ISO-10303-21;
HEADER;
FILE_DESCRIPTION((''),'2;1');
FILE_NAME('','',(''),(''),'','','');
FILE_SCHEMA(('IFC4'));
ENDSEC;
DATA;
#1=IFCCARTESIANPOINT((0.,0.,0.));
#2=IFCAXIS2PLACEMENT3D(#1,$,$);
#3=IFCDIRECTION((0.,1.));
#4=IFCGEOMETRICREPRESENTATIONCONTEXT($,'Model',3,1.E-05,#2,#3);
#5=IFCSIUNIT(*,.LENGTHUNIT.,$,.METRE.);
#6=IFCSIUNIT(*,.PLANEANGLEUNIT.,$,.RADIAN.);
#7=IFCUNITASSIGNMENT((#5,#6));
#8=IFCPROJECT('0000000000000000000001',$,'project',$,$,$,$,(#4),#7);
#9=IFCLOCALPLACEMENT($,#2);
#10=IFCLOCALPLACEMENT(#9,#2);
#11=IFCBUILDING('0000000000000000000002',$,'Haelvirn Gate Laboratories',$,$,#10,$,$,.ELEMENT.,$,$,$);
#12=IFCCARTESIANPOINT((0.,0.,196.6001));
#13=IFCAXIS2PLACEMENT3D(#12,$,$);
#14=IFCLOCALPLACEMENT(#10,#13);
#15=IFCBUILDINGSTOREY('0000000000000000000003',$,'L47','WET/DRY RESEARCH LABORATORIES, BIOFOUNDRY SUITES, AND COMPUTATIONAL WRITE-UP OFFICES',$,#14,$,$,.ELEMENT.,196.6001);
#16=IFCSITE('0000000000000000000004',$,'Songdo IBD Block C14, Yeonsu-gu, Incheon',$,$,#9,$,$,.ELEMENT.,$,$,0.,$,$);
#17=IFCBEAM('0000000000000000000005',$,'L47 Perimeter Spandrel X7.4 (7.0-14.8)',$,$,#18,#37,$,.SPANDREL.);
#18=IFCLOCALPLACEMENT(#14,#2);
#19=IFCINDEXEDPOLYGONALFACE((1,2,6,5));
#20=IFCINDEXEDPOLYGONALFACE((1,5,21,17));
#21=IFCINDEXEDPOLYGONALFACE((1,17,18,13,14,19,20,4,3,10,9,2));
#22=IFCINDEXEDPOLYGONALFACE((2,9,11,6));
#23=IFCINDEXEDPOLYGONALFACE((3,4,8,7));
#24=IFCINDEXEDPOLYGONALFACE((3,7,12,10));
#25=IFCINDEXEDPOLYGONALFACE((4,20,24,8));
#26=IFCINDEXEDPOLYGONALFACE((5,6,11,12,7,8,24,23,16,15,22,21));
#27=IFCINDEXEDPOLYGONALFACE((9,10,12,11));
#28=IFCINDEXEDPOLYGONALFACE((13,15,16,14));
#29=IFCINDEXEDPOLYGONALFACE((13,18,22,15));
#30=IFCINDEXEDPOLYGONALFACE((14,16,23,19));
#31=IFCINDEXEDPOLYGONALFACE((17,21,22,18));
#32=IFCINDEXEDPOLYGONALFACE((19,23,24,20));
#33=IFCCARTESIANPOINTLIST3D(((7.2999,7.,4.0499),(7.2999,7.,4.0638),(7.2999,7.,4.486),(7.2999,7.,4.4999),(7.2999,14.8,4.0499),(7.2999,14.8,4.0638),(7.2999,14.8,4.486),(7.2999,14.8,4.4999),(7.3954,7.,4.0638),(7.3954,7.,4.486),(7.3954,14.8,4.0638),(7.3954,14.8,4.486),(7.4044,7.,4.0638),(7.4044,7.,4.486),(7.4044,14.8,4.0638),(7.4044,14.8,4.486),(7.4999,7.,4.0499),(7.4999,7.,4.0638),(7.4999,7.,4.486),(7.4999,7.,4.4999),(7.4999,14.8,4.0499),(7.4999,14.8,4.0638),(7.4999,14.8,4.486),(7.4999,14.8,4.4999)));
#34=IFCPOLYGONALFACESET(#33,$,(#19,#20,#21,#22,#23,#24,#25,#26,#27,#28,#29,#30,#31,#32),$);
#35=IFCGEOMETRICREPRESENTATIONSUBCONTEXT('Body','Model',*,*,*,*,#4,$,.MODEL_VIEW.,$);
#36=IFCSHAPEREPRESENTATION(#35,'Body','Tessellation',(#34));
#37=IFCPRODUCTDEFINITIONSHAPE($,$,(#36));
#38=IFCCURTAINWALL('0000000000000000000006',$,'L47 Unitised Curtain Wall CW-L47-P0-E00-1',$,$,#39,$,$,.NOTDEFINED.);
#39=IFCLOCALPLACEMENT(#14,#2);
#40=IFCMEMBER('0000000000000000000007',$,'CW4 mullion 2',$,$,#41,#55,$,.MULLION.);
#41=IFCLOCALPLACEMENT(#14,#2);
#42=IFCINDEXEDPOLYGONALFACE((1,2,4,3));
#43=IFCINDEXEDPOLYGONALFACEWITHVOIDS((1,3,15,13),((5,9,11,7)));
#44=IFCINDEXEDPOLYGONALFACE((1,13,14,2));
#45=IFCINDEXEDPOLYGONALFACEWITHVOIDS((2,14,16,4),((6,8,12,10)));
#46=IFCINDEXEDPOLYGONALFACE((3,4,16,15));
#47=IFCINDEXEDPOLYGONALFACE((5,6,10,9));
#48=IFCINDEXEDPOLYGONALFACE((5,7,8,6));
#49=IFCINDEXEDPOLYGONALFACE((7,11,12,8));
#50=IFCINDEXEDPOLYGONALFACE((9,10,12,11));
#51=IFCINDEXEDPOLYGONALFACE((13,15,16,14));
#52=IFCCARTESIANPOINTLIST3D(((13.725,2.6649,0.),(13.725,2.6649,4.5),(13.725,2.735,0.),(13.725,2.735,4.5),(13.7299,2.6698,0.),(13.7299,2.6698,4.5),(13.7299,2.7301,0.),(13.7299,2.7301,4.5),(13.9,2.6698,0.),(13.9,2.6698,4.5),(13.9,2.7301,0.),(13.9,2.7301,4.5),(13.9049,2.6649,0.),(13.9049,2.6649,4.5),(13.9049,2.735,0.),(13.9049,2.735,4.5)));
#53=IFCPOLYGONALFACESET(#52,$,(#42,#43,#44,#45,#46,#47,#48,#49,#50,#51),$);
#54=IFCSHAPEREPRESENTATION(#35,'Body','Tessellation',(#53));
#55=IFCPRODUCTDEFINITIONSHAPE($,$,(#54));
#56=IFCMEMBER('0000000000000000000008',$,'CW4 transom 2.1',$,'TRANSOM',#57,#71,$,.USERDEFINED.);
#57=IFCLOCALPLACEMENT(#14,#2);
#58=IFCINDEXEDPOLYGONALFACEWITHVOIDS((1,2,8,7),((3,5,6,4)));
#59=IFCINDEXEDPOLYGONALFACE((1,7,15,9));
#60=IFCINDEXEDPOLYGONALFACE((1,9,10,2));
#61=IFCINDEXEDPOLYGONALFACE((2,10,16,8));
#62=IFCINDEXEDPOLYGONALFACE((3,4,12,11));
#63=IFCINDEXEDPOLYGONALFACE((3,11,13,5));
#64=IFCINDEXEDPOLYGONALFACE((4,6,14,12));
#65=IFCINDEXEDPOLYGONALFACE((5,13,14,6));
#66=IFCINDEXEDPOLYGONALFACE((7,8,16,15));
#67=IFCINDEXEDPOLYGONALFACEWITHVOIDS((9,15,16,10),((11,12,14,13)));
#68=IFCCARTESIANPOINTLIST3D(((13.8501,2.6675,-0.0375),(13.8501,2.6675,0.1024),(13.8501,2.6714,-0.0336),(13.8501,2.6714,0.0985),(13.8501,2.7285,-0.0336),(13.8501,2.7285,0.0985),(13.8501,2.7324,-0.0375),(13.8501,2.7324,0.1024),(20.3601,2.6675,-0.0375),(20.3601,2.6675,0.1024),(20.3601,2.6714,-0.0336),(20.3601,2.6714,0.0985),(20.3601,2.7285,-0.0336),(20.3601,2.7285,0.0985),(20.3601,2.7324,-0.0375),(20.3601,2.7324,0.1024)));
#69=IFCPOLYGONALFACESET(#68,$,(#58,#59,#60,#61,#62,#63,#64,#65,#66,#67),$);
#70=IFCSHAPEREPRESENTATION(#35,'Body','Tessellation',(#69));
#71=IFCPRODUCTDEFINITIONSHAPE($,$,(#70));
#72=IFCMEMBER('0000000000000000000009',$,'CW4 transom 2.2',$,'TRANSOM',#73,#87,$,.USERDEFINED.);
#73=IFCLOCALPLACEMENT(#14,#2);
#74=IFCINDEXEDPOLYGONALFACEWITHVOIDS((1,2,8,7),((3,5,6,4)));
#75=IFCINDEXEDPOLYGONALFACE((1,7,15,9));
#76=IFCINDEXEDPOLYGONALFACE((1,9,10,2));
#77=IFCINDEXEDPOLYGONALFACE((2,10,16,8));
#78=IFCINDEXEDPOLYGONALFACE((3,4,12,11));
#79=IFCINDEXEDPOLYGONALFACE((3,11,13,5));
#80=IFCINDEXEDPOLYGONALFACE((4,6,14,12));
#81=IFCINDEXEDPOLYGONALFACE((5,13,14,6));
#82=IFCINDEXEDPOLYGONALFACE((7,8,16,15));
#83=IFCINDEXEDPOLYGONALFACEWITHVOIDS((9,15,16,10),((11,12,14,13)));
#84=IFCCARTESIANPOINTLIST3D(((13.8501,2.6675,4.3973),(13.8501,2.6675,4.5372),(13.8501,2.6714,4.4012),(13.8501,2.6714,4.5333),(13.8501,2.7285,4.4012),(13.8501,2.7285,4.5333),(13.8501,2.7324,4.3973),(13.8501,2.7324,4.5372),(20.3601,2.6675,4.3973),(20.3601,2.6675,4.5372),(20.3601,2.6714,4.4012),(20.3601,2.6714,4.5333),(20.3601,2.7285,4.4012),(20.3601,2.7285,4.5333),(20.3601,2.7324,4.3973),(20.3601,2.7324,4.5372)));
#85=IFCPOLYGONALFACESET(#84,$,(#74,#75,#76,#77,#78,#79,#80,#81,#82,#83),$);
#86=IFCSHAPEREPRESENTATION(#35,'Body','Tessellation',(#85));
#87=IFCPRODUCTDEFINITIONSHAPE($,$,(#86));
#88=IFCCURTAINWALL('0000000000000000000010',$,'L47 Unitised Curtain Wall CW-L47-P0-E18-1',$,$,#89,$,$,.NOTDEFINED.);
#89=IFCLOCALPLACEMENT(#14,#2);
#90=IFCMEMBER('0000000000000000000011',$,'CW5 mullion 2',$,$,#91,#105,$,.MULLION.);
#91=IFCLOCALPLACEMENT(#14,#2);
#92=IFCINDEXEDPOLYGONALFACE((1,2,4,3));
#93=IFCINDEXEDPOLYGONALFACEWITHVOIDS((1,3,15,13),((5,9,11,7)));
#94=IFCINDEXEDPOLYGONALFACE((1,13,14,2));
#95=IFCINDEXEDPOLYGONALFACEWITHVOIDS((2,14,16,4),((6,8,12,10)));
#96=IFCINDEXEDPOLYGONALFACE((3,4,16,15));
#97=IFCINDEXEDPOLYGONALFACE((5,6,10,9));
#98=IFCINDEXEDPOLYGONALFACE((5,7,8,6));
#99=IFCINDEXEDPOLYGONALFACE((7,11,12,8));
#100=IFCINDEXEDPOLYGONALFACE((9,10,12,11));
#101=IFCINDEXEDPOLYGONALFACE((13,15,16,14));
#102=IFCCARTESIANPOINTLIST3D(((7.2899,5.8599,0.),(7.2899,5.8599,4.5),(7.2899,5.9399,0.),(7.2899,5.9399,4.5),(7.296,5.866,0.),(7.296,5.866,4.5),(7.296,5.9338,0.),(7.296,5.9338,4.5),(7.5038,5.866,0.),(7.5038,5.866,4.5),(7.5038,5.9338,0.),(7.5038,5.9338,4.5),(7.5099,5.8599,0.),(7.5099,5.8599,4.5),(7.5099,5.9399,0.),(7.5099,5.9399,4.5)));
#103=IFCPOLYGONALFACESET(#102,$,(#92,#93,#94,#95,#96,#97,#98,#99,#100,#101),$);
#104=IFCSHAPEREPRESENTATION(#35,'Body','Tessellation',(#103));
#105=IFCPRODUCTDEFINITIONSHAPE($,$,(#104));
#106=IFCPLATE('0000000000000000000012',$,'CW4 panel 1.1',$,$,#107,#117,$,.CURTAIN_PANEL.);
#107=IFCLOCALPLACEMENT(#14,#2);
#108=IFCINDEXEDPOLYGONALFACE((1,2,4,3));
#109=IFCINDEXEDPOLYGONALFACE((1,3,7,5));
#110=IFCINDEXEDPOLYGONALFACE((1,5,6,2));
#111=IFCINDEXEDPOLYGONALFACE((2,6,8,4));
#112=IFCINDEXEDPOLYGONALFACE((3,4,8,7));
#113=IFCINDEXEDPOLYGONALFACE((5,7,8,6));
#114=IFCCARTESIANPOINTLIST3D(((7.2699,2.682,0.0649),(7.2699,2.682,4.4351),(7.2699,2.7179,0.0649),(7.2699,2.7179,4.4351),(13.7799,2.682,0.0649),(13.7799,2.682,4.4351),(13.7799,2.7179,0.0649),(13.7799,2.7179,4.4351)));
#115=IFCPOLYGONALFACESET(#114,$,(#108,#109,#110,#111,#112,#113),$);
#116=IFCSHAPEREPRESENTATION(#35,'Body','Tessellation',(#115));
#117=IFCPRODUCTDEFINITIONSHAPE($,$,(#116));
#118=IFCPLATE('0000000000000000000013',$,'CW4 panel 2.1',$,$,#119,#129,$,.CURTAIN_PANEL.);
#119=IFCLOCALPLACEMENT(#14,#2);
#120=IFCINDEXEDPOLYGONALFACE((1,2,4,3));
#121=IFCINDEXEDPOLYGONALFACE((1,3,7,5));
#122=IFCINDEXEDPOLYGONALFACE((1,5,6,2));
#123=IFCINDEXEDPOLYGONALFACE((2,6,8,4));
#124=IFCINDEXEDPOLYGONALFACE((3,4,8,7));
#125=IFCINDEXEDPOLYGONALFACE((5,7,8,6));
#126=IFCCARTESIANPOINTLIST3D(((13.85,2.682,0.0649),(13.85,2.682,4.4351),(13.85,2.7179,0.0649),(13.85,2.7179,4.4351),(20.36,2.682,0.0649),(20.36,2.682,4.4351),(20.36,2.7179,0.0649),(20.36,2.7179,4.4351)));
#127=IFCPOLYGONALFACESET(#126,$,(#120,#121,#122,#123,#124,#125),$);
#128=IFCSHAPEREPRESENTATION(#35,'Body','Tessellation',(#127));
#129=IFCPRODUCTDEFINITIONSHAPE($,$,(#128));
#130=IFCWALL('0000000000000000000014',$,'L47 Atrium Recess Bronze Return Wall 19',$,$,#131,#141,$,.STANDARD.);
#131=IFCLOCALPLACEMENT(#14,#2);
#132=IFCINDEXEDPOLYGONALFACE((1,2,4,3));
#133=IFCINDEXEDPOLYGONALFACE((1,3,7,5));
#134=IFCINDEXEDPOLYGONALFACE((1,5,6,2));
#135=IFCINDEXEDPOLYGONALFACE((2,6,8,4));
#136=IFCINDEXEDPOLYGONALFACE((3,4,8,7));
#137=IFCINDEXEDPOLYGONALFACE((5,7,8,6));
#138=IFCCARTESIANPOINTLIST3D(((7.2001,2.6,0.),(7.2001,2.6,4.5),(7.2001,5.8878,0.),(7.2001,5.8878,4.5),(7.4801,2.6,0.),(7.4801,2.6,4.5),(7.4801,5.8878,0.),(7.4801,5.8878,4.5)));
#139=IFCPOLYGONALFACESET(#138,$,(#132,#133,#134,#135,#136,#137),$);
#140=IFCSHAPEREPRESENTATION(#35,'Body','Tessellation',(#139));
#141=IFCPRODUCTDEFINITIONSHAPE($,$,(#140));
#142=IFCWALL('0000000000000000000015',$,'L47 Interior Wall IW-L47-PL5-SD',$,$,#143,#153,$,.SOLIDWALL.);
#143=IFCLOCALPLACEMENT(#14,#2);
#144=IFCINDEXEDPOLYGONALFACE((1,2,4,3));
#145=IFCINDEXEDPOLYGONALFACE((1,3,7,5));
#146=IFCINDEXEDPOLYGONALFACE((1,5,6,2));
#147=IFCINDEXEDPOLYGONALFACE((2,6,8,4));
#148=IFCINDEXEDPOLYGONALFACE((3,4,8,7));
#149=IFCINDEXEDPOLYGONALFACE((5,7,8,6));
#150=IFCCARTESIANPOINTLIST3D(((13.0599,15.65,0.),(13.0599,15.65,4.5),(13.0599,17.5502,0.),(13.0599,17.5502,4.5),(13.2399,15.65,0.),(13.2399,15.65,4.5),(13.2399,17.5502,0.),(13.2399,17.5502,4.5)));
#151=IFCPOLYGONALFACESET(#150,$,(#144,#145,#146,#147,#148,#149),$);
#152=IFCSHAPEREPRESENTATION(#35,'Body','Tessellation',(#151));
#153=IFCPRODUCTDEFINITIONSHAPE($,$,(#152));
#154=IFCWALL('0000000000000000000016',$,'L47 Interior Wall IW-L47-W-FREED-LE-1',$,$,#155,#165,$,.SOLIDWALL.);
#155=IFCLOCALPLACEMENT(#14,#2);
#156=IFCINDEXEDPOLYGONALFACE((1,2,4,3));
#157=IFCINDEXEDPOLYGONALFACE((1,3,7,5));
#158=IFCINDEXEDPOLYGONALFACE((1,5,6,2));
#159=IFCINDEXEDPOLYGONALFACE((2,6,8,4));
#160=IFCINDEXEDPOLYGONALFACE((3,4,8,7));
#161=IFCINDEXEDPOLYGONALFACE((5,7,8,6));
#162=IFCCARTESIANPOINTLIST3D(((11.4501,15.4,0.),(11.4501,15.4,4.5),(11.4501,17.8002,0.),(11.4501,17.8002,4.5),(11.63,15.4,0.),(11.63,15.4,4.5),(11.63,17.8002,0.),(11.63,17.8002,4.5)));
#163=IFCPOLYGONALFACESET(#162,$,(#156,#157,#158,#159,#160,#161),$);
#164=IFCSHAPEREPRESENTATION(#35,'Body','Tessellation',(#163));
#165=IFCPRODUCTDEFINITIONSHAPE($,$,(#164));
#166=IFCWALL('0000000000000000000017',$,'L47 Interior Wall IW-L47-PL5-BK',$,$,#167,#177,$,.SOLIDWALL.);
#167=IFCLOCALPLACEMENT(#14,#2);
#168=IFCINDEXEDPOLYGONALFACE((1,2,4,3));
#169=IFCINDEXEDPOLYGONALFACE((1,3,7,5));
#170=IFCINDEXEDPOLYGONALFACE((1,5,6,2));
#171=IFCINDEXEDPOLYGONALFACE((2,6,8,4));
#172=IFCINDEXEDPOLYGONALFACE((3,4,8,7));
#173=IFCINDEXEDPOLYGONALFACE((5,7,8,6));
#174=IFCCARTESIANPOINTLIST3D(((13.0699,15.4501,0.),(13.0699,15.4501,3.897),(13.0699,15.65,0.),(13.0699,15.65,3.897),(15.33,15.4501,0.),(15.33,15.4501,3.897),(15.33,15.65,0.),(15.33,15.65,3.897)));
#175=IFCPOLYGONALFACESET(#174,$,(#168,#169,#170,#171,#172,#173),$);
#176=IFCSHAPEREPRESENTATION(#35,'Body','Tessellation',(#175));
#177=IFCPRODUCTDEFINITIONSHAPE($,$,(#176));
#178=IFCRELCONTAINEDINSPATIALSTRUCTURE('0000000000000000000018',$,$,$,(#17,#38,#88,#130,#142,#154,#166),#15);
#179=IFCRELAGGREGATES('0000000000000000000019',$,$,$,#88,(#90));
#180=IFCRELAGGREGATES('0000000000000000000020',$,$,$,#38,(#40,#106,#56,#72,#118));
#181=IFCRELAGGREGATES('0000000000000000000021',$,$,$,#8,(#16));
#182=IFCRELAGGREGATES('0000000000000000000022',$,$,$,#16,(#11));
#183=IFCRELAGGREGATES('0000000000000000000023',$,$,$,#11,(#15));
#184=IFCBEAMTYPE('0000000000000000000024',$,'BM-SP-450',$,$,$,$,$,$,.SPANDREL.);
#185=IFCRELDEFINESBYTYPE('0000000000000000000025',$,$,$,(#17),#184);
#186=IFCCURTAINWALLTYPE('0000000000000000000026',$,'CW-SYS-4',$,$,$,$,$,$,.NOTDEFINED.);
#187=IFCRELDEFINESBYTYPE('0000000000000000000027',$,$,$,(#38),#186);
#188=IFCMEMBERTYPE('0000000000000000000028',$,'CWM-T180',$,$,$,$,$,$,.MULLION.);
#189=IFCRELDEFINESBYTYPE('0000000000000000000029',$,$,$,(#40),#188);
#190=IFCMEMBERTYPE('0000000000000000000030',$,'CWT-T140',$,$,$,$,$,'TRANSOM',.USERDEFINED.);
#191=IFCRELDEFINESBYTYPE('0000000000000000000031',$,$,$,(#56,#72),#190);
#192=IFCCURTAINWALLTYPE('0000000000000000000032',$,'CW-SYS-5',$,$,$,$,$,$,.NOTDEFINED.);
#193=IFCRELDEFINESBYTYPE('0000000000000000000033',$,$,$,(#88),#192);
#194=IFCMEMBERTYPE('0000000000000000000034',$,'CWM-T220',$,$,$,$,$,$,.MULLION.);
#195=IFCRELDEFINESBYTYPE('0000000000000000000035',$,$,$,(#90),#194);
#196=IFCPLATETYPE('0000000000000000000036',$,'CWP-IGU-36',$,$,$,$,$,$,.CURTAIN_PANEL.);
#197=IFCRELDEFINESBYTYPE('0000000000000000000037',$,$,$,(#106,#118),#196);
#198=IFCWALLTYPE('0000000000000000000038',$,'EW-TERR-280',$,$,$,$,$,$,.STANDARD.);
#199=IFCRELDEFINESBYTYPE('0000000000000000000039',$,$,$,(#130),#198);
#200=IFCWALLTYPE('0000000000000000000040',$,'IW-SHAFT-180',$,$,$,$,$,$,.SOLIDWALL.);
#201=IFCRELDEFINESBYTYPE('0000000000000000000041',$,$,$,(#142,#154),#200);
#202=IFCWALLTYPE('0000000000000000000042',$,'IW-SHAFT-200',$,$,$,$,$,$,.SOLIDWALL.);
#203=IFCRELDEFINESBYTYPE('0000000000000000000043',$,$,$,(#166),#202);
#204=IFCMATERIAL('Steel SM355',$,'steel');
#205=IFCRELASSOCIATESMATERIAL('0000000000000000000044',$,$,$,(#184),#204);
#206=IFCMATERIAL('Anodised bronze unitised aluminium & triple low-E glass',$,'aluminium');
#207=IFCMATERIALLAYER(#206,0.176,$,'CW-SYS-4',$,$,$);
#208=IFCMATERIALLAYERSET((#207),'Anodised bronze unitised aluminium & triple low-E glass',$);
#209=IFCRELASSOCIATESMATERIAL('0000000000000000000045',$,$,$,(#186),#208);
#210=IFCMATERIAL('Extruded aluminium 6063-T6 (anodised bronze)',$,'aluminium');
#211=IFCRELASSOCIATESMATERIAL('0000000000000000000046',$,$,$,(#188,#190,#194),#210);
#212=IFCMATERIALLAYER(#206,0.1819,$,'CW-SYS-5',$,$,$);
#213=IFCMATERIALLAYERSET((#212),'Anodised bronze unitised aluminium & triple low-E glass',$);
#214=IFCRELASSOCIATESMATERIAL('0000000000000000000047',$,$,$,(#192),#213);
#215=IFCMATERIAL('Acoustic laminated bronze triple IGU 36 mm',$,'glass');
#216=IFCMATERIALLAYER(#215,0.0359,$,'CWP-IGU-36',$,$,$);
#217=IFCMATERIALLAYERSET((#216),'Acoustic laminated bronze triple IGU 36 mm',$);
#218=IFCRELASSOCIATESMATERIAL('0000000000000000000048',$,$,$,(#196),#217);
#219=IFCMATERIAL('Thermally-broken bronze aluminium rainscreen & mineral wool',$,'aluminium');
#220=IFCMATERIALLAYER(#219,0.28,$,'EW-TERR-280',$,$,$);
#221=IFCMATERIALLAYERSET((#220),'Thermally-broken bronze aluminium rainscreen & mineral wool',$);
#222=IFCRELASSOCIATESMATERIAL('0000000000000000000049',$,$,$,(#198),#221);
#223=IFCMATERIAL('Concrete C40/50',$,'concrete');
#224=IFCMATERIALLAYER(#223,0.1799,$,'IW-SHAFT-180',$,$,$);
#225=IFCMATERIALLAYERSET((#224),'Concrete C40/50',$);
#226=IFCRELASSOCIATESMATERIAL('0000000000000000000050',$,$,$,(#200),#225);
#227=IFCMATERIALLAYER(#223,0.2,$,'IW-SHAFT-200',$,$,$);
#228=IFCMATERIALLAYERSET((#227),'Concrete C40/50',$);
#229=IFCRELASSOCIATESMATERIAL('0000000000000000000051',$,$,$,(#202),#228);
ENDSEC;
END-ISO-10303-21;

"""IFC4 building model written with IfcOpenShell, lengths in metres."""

from ifc_helpers import new_model, si_unit, direction, frame, frame_2d, origin, origin_2d, place, context, subcontext, project, spatial, rectangle, hollow_rectangle, i_section, extrude, source, transform, mapped, material, layer, layer_set, material_profile, profile_set, type_object, type_shapes, element, aggregate, save


model = new_model("IFC4")

# Units and contexts
model_context = context("Model", 3, precision=1e-05, world=origin(), true_north=direction((0.0, 1.0)))
body_context = subcontext(model_context, "Body", "Model", "MODEL_VIEW")
ifc_project = project(units=[si_unit("LENGTHUNIT", "METRE"), si_unit("PLANEANGLEUNIT", "RADIAN")], contexts=[model_context])

# Site, building, storey
site_placement = place(None, origin())
site = spatial("IfcSite", under=ifc_project, at=site_placement, Name="Songdo IBD Block C14, Yeonsu-gu, Incheon", CompositionType="ELEMENT", RefElevation=0.0)
building_placement = place(site_placement, origin())
building = spatial("IfcBuilding", under=site, at=building_placement, Name="Haelvirn Gate Laboratories", CompositionType="ELEMENT")
storey_placement = place(building_placement, frame((0.0, 0.0, 196.6001)))
storey = spatial("IfcBuildingStorey", under=building, at=storey_placement, Name="L47", Description="WET/DRY RESEARCH LABORATORIES, BIOFOUNDRY SUITES, AND COMPUTATIONAL WRITE-UP OFFICES", CompositionType="ELEMENT", Elevation=196.6001)

# Beam
ifc_material_1 = material(Name="Steel SM355", Category="steel")
ifc_material_profile_1 = material_profile(ifc_material_1, i_section(OverallWidth=0.2, OverallDepth=0.45, WebThickness=0.009, FlangeThickness=0.0139, at=origin_2d()), Name="H-450x200x9x14")
ifc_profile_set_1 = profile_set([ifc_material_profile_1], Name="Steel SM355")
beam_type_1 = type_object("IfcBeamType", Name="BM-SP-450", PredefinedType="SPANDREL", material=ifc_profile_set_1)
shared_shape_1 = source(origin(), body_context, "Body", "SweptSolid", [
    extrude(i_section(OverallWidth=0.2, OverallDepth=0.45, WebThickness=0.009, FlangeThickness=0.0139, at=origin_2d()), origin(), (0.0, 0.0, 1.0), 7.8),
])
type_shapes(beam_type_1, [shared_shape_1])
beam_1_placement = place(storey_placement, frame((7.3999, 7.0, 4.2749), z_axis=(0.0, 1.0, 0.0), x_axis=(-1.0, 0.0, 0.0)))
element("IfcBeam", 1, at=beam_1_placement, inside=storey, type_object=beam_type_1, Name="L47 Perimeter Spandrel X7.4 (7.0-14.8)", PredefinedType="SPANDREL", context=body_context, shape_type="MappedRepresentation", body=[
    mapped(shared_shape_1, transform((0.0, 0.0, 0.0), scale=1.0)),
])

# Curtain wall, members
ifc_material_2 = material(Name="Anodised bronze unitised aluminium & triple low-E glass", Category="aluminium")
ifc_layer_1 = layer(ifc_material_2, 0.176, Name="CW-SYS-4")
ifc_layer_set_1 = layer_set([ifc_layer_1], Name="Anodised bronze unitised aluminium & triple low-E glass")
curtain_wall_type_1 = type_object("IfcCurtainWallType", Name="CW-SYS-4", PredefinedType="NOTDEFINED", material=ifc_layer_set_1)
curtain_wall_1_placement = place(storey_placement, origin())
curtain_wall_1 = element("IfcCurtainWall", 2, at=curtain_wall_1_placement, inside=storey, type_object=curtain_wall_type_1, Name="L47 Unitised Curtain Wall CW-L47-P0-E00-1", PredefinedType="NOTDEFINED")
ifc_material_3 = material(Name="Extruded aluminium 6063-T6 (anodised bronze)", Category="aluminium")
ifc_material_profile_2 = material_profile(ifc_material_3, hollow_rectangle(XDim=0.0701, YDim=0.1799, WallThickness=0.0049, at=origin_2d()), Name="CWM-180x70x5")
ifc_profile_set_2 = profile_set([ifc_material_profile_2], Name="Extruded aluminium 6063-T6 (anodised bronze)")
member_type_1 = type_object("IfcMemberType", Name="CWM-T180", PredefinedType="MULLION", material=ifc_profile_set_2)
shared_shape_2 = source(origin(), body_context, "Body", "SweptSolid", [
    extrude(hollow_rectangle(XDim=0.0701, YDim=0.1799, WallThickness=0.0049, at=origin_2d()), origin(), (0.0, 0.0, 1.0), 4.5),
])
type_shapes(member_type_1, [shared_shape_2])
member_1_placement = place(storey_placement, frame((13.8149, 2.7, 0.0), z_axis=(0.0, 0.0, 1.0), x_axis=(0.0, 1.0, 0.0)))
member_1 = element("IfcMember", 3, at=member_1_placement, type_object=member_type_1, Name="CW4 mullion 2", PredefinedType="MULLION", context=body_context, shape_type="MappedRepresentation", body=[
    mapped(shared_shape_2, transform((0.0, 0.0, 0.0), scale=1.0)),
])
ifc_material_profile_3 = material_profile(ifc_material_3, hollow_rectangle(XDim=0.0649, YDim=0.1399, WallThickness=0.0039, at=origin_2d()), Name="CWT-140x65x4")
ifc_profile_set_3 = profile_set([ifc_material_profile_3], Name="Extruded aluminium 6063-T6 (anodised bronze)")
member_type_2 = type_object("IfcMemberType", Name="CWT-T140", ElementType="TRANSOM", PredefinedType="USERDEFINED", material=ifc_profile_set_3)
shared_shape_3 = source(origin(), body_context, "Body", "SweptSolid", [
    extrude(hollow_rectangle(XDim=0.0649, YDim=0.1399, WallThickness=0.0039, at=origin_2d()), origin(), (0.0, 0.0, 1.0), 6.51),
])
type_shapes(member_type_2, [shared_shape_3])
member_2_placement = place(storey_placement, frame((13.8501, 2.7, 0.0325), z_axis=(1.0, 0.0, 0.0), x_axis=(0.0, 1.0, 0.0)))
member_2 = element("IfcMember", 4, at=member_2_placement, type_object=member_type_2, Name="CW4 transom 2.1", ObjectType="TRANSOM", PredefinedType="USERDEFINED", context=body_context, shape_type="MappedRepresentation", body=[
    mapped(shared_shape_3, transform((0.0, 0.0, 0.0), scale=1.0)),
])
member_3_placement = place(storey_placement, frame((13.8501, 2.7, 4.4673), z_axis=(1.0, 0.0, 0.0), x_axis=(0.0, 1.0, 0.0)))
member_3 = element("IfcMember", 5, at=member_3_placement, type_object=member_type_2, Name="CW4 transom 2.2", ObjectType="TRANSOM", PredefinedType="USERDEFINED", context=body_context, shape_type="MappedRepresentation", body=[
    mapped(shared_shape_3, transform((0.0, 0.0, 0.0), scale=1.0)),
])

# Curtain wall, member
ifc_layer_2 = layer(ifc_material_2, 0.1819, Name="CW-SYS-5")
ifc_layer_set_2 = layer_set([ifc_layer_2], Name="Anodised bronze unitised aluminium & triple low-E glass")
curtain_wall_type_2 = type_object("IfcCurtainWallType", Name="CW-SYS-5", PredefinedType="NOTDEFINED", material=ifc_layer_set_2)
curtain_wall_2_placement = place(storey_placement, origin())
curtain_wall_2 = element("IfcCurtainWall", 6, at=curtain_wall_2_placement, inside=storey, type_object=curtain_wall_type_2, Name="L47 Unitised Curtain Wall CW-L47-P0-E18-1", PredefinedType="NOTDEFINED")
ifc_material_profile_4 = material_profile(ifc_material_3, hollow_rectangle(XDim=0.0801, YDim=0.22, WallThickness=0.0061, at=origin_2d()), Name="CWM-220x80x6")
ifc_profile_set_4 = profile_set([ifc_material_profile_4], Name="Extruded aluminium 6063-T6 (anodised bronze)")
member_type_3 = type_object("IfcMemberType", Name="CWM-T220", PredefinedType="MULLION", material=ifc_profile_set_4)
shared_shape_4 = source(origin(), body_context, "Body", "SweptSolid", [
    extrude(hollow_rectangle(XDim=0.0801, YDim=0.22, WallThickness=0.0061, at=origin_2d()), origin(), (0.0, 0.0, 1.0), 4.5),
])
type_shapes(member_type_3, [shared_shape_4])
member_4_placement = place(storey_placement, frame((7.3999, 5.8999, 0.0), z_axis=(0.0, 0.0, 1.0), x_axis=(0.0, 1.0, 0.0)))
member_4 = element("IfcMember", 7, at=member_4_placement, type_object=member_type_3, Name="CW5 mullion 2", PredefinedType="MULLION", context=body_context, shape_type="MappedRepresentation", body=[
    mapped(shared_shape_4, transform((0.0, 0.0, 0.0), scale=1.0)),
])
aggregate(curtain_wall_2, [member_4])

# Plates
ifc_material_4 = material(Name="Acoustic laminated bronze triple IGU 36 mm", Category="glass")
ifc_layer_3 = layer(ifc_material_4, 0.0359, Name="CWP-IGU-36")
ifc_layer_set_3 = layer_set([ifc_layer_3], Name="Acoustic laminated bronze triple IGU 36 mm")
plate_type = type_object("IfcPlateType", Name="CWP-IGU-36", PredefinedType="CURTAIN_PANEL", material=ifc_layer_set_3)
shared_shape_5 = source(origin(), body_context, "Body", "SweptSolid", [
    extrude(rectangle(XDim=6.51, YDim=0.0359, at=origin_2d()), origin(), (0.0, 0.0, 1.0), 4.3701),
])
type_shapes(plate_type, [shared_shape_5])
plate_1_placement = place(storey_placement, frame((10.5249, 2.7, 0.0649), z_axis=(0.0, 0.0, 1.0), x_axis=(1.0, 0.0, 0.0)))
plate_1 = element("IfcPlate", 8, at=plate_1_placement, type_object=plate_type, Name="CW4 panel 1.1", PredefinedType="CURTAIN_PANEL", context=body_context, shape_type="MappedRepresentation", body=[
    mapped(shared_shape_5, transform((0.0, 0.0, 0.0), scale=1.0)),
])
plate_2_placement = place(storey_placement, frame((17.105, 2.7, 0.0649), z_axis=(0.0, 0.0, 1.0), x_axis=(1.0, 0.0, 0.0)))
plate_2 = element("IfcPlate", 9, at=plate_2_placement, type_object=plate_type, Name="CW4 panel 2.1", PredefinedType="CURTAIN_PANEL", context=body_context, shape_type="MappedRepresentation", body=[
    mapped(shared_shape_5, transform((0.0, 0.0, 0.0), scale=1.0)),
])
aggregate(curtain_wall_1, [member_1, plate_1, member_2, member_3, plate_2])

# Walls
ifc_material_5 = material(Name="Thermally-broken bronze aluminium rainscreen & mineral wool", Category="aluminium")
ifc_layer_4 = layer(ifc_material_5, 0.28, Name="EW-TERR-280")
ifc_layer_set_4 = layer_set([ifc_layer_4], Name="Thermally-broken bronze aluminium rainscreen & mineral wool")
wall_type_1 = type_object("IfcWallType", Name="EW-TERR-280", PredefinedType="STANDARD", material=ifc_layer_set_4)
wall_1_placement = place(storey_placement, frame((7.3401, 5.8879, 0.0), z_axis=(0.0, 0.0, 1.0), x_axis=(0.0, -1.0, 0.0)))
element("IfcWall", 10, at=wall_1_placement, inside=storey, type_object=wall_type_1, Name="L47 Atrium Recess Bronze Return Wall 19", PredefinedType="STANDARD", context=body_context, shape_type="SweptSolid", body=[
    extrude(rectangle(XDim=3.2878, YDim=0.28, at=frame_2d((1.644, 0.0))), origin(), (0.0, 0.0, 1.0), 4.5),
])
ifc_material_6 = material(Name="Concrete C40/50", Category="concrete")
ifc_layer_5 = layer(ifc_material_6, 0.1799, Name="IW-SHAFT-180")
ifc_layer_set_5 = layer_set([ifc_layer_5], Name="Concrete C40/50")
wall_type_2 = type_object("IfcWallType", Name="IW-SHAFT-180", PredefinedType="SOLIDWALL", material=ifc_layer_set_5)
wall_2_placement = place(storey_placement, frame((13.1499, 15.6499, 0.0), z_axis=(0.0, 0.0, 1.0), x_axis=(0.0, 1.0, 0.0)))
element("IfcWall", 11, at=wall_2_placement, inside=storey, type_object=wall_type_2, Name="L47 Interior Wall IW-L47-PL5-SD", PredefinedType="SOLIDWALL", context=body_context, shape_type="SweptSolid", body=[
    extrude(rectangle(XDim=1.9001, YDim=0.1799, at=frame_2d((0.9502, 0.0))), origin(), (0.0, 0.0, 1.0), 4.5),
])
wall_3_placement = place(storey_placement, frame((11.54, 15.3999, 0.0), z_axis=(0.0, 0.0, 1.0), x_axis=(0.0, 1.0, 0.0)))
element("IfcWall", 12, at=wall_3_placement, inside=storey, type_object=wall_type_2, Name="L47 Interior Wall IW-L47-W-FREED-LE-1", PredefinedType="SOLIDWALL", context=body_context, shape_type="SweptSolid", body=[
    extrude(rectangle(XDim=2.4001, YDim=0.1799, at=frame_2d((1.2002, 0.0))), origin(), (0.0, 0.0, 1.0), 4.5),
])
ifc_layer_6 = layer(ifc_material_6, 0.2, Name="IW-SHAFT-200")
ifc_layer_set_6 = layer_set([ifc_layer_6], Name="Concrete C40/50")
wall_type_3 = type_object("IfcWallType", Name="IW-SHAFT-200", PredefinedType="SOLIDWALL", material=ifc_layer_set_6)
wall_4_placement = place(storey_placement, frame((13.0701, 15.55, 0.0), z_axis=(0.0, 0.0, 1.0), x_axis=(1.0, 0.0, 0.0)))
element("IfcWall", 13, at=wall_4_placement, inside=storey, type_object=wall_type_3, Name="L47 Interior Wall IW-L47-PL5-BK", PredefinedType="SOLIDWALL", context=body_context, shape_type="SweptSolid", body=[
    extrude(rectangle(XDim=2.26, YDim=0.2, at=frame_2d((1.1299, 0.0))), origin(), (0.0, 0.0, 1.0), 3.897),
])

save(model, "model.ifc")
